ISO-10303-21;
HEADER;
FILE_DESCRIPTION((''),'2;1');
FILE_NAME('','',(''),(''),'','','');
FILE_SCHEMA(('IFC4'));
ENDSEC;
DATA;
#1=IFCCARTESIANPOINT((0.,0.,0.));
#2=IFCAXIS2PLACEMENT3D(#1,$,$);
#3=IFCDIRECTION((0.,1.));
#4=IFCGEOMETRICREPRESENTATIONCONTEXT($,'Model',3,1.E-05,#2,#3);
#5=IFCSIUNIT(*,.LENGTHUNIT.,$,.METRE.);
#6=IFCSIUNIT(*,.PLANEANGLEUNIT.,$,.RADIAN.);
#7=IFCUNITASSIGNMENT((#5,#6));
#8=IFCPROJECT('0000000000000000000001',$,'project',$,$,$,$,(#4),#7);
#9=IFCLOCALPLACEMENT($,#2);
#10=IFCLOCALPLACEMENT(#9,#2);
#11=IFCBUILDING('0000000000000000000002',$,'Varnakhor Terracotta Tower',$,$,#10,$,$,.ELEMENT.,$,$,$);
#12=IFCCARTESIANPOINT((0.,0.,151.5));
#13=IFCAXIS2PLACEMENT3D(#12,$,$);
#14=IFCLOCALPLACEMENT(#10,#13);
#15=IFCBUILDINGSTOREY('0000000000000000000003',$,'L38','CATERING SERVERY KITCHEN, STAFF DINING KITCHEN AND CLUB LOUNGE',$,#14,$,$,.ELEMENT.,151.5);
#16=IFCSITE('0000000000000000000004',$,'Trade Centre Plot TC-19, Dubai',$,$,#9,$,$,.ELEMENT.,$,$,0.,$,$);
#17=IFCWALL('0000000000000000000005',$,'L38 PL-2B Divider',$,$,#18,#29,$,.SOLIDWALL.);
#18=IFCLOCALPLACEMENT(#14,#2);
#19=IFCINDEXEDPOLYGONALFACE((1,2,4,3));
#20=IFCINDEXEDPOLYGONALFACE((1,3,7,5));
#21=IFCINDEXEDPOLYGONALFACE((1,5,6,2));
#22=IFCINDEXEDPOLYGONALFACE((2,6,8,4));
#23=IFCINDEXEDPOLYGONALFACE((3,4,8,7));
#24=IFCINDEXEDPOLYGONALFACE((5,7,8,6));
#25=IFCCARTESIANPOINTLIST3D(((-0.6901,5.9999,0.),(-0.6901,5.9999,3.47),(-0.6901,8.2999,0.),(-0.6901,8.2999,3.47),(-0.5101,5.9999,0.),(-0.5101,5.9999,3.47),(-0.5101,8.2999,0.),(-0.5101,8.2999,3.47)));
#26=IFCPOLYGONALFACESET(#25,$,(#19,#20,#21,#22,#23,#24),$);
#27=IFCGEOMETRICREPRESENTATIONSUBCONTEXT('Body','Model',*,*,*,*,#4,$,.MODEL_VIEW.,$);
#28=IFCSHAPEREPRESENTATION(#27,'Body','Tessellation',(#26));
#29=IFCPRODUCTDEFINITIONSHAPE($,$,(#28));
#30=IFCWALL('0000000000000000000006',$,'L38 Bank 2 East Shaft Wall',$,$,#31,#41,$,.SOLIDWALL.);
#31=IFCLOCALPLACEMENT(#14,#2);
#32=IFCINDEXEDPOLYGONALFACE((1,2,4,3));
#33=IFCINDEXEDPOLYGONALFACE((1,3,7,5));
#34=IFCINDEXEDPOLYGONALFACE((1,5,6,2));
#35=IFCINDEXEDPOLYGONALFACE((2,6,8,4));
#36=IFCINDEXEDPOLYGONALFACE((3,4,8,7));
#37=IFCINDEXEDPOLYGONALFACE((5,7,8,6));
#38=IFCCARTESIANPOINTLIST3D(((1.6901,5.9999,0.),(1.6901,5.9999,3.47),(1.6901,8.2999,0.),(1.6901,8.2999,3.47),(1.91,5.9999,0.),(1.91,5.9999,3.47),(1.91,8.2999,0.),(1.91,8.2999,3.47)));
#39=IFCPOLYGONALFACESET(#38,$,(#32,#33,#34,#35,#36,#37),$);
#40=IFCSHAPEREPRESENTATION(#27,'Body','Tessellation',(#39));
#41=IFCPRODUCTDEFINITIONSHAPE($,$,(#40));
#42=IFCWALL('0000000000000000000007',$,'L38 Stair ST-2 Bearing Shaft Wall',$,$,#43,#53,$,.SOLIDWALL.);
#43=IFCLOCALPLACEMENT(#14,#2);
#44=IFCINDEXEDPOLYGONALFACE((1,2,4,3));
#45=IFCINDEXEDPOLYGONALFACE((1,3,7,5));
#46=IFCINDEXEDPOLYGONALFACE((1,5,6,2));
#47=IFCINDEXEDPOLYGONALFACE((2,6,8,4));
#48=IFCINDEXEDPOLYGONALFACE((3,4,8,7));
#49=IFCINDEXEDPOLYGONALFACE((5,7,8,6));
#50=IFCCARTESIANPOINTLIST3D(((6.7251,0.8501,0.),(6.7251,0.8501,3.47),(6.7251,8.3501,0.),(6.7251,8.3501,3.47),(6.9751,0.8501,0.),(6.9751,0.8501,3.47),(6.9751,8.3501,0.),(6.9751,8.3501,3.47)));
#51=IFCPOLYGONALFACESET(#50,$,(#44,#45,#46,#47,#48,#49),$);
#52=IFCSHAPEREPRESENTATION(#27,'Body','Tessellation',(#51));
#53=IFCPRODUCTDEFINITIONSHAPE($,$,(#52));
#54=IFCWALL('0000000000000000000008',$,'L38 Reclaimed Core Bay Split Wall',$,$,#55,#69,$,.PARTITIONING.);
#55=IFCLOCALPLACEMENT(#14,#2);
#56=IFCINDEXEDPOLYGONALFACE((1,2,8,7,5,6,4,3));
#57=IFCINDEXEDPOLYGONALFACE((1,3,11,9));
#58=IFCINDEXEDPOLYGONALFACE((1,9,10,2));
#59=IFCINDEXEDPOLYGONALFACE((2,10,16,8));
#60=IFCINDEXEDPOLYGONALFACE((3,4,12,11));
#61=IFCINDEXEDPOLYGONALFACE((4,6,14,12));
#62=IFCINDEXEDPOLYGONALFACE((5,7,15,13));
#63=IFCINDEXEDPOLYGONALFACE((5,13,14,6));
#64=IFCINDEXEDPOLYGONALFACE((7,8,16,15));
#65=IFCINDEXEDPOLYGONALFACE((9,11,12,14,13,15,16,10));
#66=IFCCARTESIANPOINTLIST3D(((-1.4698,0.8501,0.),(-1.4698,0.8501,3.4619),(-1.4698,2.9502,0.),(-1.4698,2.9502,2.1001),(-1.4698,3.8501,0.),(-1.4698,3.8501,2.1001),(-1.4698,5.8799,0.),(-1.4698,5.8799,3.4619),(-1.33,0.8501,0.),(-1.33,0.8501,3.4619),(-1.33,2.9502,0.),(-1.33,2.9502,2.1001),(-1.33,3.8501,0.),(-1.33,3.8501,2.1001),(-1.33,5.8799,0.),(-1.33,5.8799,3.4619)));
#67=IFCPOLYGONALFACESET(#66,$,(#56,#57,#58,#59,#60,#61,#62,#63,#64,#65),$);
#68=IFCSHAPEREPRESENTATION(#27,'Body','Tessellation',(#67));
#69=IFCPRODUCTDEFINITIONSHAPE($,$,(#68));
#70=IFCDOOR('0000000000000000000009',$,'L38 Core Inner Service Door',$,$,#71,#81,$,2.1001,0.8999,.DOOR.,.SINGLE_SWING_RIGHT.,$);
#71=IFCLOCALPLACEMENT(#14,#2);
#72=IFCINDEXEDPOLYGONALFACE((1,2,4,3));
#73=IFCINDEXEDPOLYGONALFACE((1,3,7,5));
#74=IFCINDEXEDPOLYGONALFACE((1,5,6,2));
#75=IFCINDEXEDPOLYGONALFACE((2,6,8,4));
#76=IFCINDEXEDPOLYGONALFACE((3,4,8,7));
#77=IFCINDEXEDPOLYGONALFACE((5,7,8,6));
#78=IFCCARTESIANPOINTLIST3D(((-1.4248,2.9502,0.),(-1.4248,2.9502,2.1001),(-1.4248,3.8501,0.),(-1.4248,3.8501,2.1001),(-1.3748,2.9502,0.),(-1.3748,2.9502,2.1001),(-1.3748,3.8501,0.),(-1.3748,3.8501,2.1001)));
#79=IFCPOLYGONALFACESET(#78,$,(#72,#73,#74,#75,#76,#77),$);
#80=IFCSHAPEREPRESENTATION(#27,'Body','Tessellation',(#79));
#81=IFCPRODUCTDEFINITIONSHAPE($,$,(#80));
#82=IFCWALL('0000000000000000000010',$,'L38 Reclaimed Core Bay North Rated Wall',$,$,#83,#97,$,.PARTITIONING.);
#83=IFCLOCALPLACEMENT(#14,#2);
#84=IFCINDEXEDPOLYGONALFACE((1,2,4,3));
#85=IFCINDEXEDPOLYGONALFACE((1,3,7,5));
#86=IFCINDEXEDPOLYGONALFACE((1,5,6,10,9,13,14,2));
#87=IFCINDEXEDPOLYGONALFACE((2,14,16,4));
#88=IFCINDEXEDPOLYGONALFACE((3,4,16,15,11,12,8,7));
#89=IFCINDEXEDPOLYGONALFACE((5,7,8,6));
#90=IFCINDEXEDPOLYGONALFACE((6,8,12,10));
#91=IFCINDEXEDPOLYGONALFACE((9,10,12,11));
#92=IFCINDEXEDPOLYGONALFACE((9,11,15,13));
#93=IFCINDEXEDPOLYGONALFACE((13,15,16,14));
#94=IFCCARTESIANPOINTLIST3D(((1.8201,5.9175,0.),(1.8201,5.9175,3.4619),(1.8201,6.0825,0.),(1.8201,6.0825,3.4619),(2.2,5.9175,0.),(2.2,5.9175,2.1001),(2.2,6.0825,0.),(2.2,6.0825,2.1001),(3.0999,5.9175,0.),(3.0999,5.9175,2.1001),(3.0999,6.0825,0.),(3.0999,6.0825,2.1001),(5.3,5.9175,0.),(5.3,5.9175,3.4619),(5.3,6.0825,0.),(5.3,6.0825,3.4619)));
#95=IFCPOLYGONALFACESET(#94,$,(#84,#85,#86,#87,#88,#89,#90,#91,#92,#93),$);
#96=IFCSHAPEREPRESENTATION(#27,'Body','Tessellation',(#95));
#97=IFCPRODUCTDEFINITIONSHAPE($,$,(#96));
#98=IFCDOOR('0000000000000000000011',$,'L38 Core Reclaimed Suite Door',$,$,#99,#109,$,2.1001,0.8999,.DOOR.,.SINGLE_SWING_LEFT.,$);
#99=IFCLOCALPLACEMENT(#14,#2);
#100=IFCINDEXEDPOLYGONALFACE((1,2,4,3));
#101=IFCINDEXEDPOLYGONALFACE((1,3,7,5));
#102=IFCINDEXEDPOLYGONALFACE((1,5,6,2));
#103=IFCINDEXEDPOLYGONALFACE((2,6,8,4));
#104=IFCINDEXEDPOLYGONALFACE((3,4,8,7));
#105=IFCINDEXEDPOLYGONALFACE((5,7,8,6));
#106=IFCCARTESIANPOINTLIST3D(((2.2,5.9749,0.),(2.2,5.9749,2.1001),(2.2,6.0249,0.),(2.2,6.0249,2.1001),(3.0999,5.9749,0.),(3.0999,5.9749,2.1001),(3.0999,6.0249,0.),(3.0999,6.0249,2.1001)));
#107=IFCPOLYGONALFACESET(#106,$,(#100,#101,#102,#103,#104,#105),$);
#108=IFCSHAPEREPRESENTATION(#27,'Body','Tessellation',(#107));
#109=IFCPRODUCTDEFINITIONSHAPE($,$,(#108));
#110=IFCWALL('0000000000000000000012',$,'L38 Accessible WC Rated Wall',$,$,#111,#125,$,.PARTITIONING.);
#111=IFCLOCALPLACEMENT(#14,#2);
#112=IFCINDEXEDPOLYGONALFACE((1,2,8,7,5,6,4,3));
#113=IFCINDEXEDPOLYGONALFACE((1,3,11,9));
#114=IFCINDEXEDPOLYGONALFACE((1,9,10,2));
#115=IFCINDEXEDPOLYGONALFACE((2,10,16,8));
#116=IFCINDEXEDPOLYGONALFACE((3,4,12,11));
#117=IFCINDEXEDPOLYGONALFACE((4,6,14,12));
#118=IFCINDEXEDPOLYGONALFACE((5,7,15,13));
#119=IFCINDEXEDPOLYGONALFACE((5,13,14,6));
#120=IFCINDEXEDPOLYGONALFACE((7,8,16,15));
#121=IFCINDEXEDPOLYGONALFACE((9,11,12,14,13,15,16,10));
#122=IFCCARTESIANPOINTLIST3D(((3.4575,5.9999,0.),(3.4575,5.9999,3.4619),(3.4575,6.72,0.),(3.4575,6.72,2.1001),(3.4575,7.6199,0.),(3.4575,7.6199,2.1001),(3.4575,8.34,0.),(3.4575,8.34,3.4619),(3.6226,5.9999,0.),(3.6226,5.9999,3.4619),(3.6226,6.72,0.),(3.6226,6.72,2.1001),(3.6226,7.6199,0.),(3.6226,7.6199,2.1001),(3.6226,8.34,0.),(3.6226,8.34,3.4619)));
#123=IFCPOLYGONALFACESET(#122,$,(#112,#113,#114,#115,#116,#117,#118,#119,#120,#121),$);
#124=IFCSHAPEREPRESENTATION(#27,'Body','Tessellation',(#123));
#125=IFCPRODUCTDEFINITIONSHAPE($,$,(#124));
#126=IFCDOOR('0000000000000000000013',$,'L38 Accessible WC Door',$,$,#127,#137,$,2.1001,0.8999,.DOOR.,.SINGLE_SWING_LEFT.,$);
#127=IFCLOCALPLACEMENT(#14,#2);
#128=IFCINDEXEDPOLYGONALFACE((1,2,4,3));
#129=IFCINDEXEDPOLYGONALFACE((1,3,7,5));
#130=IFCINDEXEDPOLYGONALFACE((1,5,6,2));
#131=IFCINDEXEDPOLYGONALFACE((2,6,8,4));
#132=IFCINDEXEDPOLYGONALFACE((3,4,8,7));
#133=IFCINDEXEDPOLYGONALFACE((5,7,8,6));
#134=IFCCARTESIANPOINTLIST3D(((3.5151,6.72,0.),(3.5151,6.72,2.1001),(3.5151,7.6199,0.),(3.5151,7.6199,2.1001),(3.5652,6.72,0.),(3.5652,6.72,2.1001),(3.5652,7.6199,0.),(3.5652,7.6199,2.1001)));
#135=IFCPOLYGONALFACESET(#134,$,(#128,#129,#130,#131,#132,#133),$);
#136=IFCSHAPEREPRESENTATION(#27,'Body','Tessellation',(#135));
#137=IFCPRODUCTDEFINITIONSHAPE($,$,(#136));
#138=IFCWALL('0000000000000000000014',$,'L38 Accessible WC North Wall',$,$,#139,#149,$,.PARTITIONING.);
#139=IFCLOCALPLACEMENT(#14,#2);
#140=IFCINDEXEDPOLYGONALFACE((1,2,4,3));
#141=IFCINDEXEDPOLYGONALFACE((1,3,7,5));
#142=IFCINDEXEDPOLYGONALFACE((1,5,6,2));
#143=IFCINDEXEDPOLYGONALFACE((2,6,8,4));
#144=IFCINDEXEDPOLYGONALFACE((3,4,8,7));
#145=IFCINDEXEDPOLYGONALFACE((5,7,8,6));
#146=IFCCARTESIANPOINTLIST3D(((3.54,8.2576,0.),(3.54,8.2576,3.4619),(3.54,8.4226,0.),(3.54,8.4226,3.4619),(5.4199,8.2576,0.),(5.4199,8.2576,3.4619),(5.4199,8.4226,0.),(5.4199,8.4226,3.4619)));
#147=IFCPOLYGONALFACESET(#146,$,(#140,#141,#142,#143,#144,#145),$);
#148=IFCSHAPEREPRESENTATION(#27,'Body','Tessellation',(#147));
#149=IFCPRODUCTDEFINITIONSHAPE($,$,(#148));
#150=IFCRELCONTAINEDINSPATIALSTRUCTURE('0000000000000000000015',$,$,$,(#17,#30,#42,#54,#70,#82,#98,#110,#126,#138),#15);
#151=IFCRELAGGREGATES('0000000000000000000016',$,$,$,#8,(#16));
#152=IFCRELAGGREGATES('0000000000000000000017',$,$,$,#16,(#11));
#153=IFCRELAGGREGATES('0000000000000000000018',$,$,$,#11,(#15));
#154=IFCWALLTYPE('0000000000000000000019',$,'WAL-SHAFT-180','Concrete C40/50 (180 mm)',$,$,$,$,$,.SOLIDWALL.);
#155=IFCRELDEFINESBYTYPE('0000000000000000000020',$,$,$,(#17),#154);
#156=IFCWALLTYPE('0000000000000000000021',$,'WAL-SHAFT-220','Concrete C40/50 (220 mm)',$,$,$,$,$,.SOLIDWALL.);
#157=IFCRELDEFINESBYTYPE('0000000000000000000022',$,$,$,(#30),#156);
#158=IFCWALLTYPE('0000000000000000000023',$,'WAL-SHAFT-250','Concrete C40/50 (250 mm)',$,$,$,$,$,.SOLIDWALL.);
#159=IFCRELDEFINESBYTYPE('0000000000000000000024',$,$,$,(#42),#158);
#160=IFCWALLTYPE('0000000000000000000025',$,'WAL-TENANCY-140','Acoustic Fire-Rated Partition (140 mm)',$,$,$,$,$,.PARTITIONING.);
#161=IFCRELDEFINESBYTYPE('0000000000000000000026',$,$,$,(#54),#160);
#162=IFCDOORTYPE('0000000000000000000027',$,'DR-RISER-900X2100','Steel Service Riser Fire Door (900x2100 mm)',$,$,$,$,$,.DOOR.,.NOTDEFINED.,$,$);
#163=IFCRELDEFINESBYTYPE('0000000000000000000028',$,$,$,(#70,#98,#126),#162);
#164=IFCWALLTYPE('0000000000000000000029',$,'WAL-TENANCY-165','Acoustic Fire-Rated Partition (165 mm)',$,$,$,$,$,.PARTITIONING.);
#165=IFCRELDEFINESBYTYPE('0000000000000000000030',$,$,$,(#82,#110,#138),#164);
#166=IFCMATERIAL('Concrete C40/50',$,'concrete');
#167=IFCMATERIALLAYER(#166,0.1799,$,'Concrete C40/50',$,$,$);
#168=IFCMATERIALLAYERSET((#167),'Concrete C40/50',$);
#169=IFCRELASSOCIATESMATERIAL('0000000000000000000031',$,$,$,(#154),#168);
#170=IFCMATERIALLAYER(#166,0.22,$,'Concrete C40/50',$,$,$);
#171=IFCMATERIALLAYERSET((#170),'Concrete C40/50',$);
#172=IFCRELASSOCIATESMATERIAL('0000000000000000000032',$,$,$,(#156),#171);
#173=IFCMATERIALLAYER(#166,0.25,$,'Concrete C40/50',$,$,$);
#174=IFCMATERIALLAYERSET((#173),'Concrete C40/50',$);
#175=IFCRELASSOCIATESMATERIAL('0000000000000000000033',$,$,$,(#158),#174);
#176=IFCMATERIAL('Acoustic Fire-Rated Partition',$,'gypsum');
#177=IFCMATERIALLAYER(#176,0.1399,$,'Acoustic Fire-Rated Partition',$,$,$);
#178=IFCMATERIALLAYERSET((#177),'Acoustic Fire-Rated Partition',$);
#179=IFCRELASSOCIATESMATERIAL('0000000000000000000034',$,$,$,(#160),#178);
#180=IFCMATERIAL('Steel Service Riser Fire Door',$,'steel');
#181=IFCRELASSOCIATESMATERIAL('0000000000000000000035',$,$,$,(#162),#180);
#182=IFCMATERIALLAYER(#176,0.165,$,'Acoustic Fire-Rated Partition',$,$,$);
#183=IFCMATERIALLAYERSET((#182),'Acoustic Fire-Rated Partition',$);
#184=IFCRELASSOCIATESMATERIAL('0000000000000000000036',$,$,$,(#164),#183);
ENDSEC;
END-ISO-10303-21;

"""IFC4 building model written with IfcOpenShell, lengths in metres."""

from ifc_helpers import new_model, si_unit, direction, frame, frame_2d, origin, place, context, subcontext, project, spatial, rectangle, extrude, source, transform, mapped, material, layer, layer_set, type_object, type_shapes, element, fill, save


model = new_model("IFC4")

# Units and contexts
model_context = context("Model", 3, precision=1e-05, world=origin(), true_north=direction((0.0, 1.0)))
body_context = subcontext(model_context, "Body", "Model", "MODEL_VIEW")
ifc_project = project(units=[si_unit("LENGTHUNIT", "METRE"), si_unit("PLANEANGLEUNIT", "RADIAN")], contexts=[model_context])

# Site, building, storey
site_placement = place(None, origin())
site = spatial("IfcSite", under=ifc_project, at=site_placement, Name="Trade Centre Plot TC-19, Dubai", CompositionType="ELEMENT", RefElevation=0.0)
building_placement = place(site_placement, origin())
building = spatial("IfcBuilding", under=site, at=building_placement, Name="Varnakhor Terracotta Tower", CompositionType="ELEMENT")
storey_placement = place(building_placement, frame((0.0, 0.0, 151.5)))
storey = spatial("IfcBuildingStorey", under=building, at=storey_placement, Name="L38", Description="CATERING SERVERY KITCHEN, STAFF DINING KITCHEN AND CLUB LOUNGE", CompositionType="ELEMENT", Elevation=151.5)

# Shared definitions
ifc_material_1 = material(Name="Concrete C40/50", Category="concrete")

# Walls
ifc_layer_1 = layer(ifc_material_1, 0.1799, Name="Concrete C40/50")
ifc_layer_set_1 = layer_set([ifc_layer_1], Name="Concrete C40/50")
wall_type_1 = type_object("IfcWallType", Name="WAL-SHAFT-180", Description="Concrete C40/50 (180 mm)", PredefinedType="SOLIDWALL", material=ifc_layer_set_1)
for number, where, z_axis, x_axis, name in (
    (1, (-0.6001, 6.0, 0.0), (0.0, 0.0, 1.0), (0.0, 1.0, 0.0), "L38 PL-2B Divider"),
):
    element("IfcWall", number, at=place(storey_placement, frame(where, z_axis=z_axis, x_axis=x_axis)), inside=storey, type_object=wall_type_1, Name=name, PredefinedType="SOLIDWALL", context=body_context, shape_type="SweptSolid", body=[
        extrude(rectangle(XDim=2.3, YDim=0.1799, at=frame_2d((1.1499, 0.0))), origin(), (0.0, 0.0, 1.0), 3.47),
    ])
ifc_layer_2 = layer(ifc_material_1, 0.22, Name="Concrete C40/50")
ifc_layer_set_2 = layer_set([ifc_layer_2], Name="Concrete C40/50")
wall_type_2 = type_object("IfcWallType", Name="WAL-SHAFT-220", Description="Concrete C40/50 (220 mm)", PredefinedType="SOLIDWALL", material=ifc_layer_set_2)
wall_1_placement = place(storey_placement, frame((1.8, 6.0, 0.0), z_axis=(0.0, 0.0, 1.0), x_axis=(0.0, 1.0, 0.0)))
element("IfcWall", 2, at=wall_1_placement, inside=storey, type_object=wall_type_2, Name="L38 Bank 2 East Shaft Wall", PredefinedType="SOLIDWALL", context=body_context, shape_type="SweptSolid", body=[
    extrude(rectangle(XDim=2.3, YDim=0.22, at=frame_2d((1.1499, 0.0))), origin(), (0.0, 0.0, 1.0), 3.47),
])
ifc_layer_3 = layer(ifc_material_1, 0.25, Name="Concrete C40/50")
ifc_layer_set_3 = layer_set([ifc_layer_3], Name="Concrete C40/50")
wall_type_3 = type_object("IfcWallType", Name="WAL-SHAFT-250", Description="Concrete C40/50 (250 mm)", PredefinedType="SOLIDWALL", material=ifc_layer_set_3)
wall_2_placement = place(storey_placement, frame((6.8501, 0.8501, 0.0), z_axis=(0.0, 0.0, 1.0), x_axis=(0.0, 1.0, 0.0)))
element("IfcWall", 3, at=wall_2_placement, inside=storey, type_object=wall_type_3, Name="L38 Stair ST-2 Bearing Shaft Wall", PredefinedType="SOLIDWALL", context=body_context, shape_type="SweptSolid", body=[
    extrude(rectangle(XDim=7.5, YDim=0.25, at=frame_2d((3.75, 0.0))), origin(), (0.0, 0.0, 1.0), 3.47),
])

# Walls, openings, doors
ifc_material_2 = material(Name="Acoustic Fire-Rated Partition", Category="gypsum")
ifc_layer_4 = layer(ifc_material_2, 0.1399, Name="Acoustic Fire-Rated Partition")
ifc_layer_set_4 = layer_set([ifc_layer_4], Name="Acoustic Fire-Rated Partition")
wall_type_4 = type_object("IfcWallType", Name="WAL-TENANCY-140", Description="Acoustic Fire-Rated Partition (140 mm)", PredefinedType="PARTITIONING", material=ifc_layer_set_4)
wall_3_placement = place(storey_placement, frame((-1.3999, 0.8501, 0.0), z_axis=(0.0, 0.0, 1.0), x_axis=(0.0, 1.0, 0.0)))
wall_3 = element("IfcWall", 4, at=wall_3_placement, inside=storey, type_object=wall_type_4, Name="L38 Reclaimed Core Bay Split Wall", PredefinedType="PARTITIONING", context=body_context, shape_type="SweptSolid", body=[
    extrude(rectangle(XDim=5.0298, YDim=0.1399, at=frame_2d((2.5149, 0.0))), origin(), (0.0, 0.0, 1.0), 3.4619),
])
opening_1_placement = place(wall_3_placement, frame((2.1001, 0.0, 0.0)))
opening_1 = element("IfcOpeningElement", 5, at=opening_1_placement, cuts=wall_3, PredefinedType="OPENING", context=body_context, shape_type="SweptSolid", body=[
    extrude(rectangle(XDim=0.8999, YDim=2.1001, at=frame_2d((0.45, 1.05))), frame((0.0, 0.0801, 0.0), z_axis=(0.0, -1.0, 0.0), x_axis=(1.0, 0.0, 0.0)), (0.0, 0.0, 1.0), 0.1599),
])
ifc_material_3 = material(Name="Steel Service Riser Fire Door", Category="steel")
door_type_1 = type_object("IfcDoorType", Name="DR-RISER-900X2100", Description="Steel Service Riser Fire Door (900x2100 mm)", OperationType="NOTDEFINED", PredefinedType="DOOR", material=ifc_material_3)
shared_shape_1 = source(origin(), body_context, "Body", "SweptSolid", [
    extrude(rectangle(XDim=0.8999, YDim=2.1001, at=frame_2d((0.45, 1.05))), frame((0.0, 0.0249, 0.0), z_axis=(0.0, -1.0, 0.0), x_axis=(1.0, 0.0, 0.0)), (0.0, 0.0, 1.0), 0.05),
])
type_shapes(door_type_1, [shared_shape_1])
door_1_placement = place(opening_1_placement, origin())
door_1 = element("IfcDoor", 6, at=door_1_placement, inside=storey, type_object=door_type_1, Name="L38 Core Inner Service Door", OperationType="SINGLE_SWING_RIGHT", OverallHeight=2.1001, OverallWidth=0.8999, PredefinedType="DOOR", context=body_context, shape_type="MappedRepresentation", body=[
    mapped(shared_shape_1, transform((0.0, 0.0, 0.0), scale=1.0)),
])
fill(opening_1, door_1)
ifc_layer_5 = layer(ifc_material_2, 0.165, Name="Acoustic Fire-Rated Partition")
ifc_layer_set_5 = layer_set([ifc_layer_5], Name="Acoustic Fire-Rated Partition")
wall_type_5 = type_object("IfcWallType", Name="WAL-TENANCY-165", Description="Acoustic Fire-Rated Partition (165 mm)", PredefinedType="PARTITIONING", material=ifc_layer_set_5)
wall_4_placement = place(storey_placement, frame((1.8201, 6.0, 0.0), z_axis=(0.0, 0.0, 1.0), x_axis=(1.0, 0.0, 0.0)))
wall_4 = element("IfcWall", 7, at=wall_4_placement, inside=storey, type_object=wall_type_5, Name="L38 Reclaimed Core Bay North Rated Wall", PredefinedType="PARTITIONING", context=body_context, shape_type="SweptSolid", body=[
    extrude(rectangle(XDim=3.48, YDim=0.165, at=frame_2d((1.74, 0.0))), origin(), (0.0, 0.0, 1.0), 3.4619),
])
opening_2_placement = place(wall_4_placement, frame((0.3799, 0.0, 0.0)))
opening_2 = element("IfcOpeningElement", 8, at=opening_2_placement, cuts=wall_4, PredefinedType="OPENING", context=body_context, shape_type="SweptSolid", body=[
    extrude(rectangle(XDim=0.8999, YDim=2.1001, at=frame_2d((0.45, 1.05))), frame((0.0, 0.0925, 0.0), z_axis=(0.0, -1.0, 0.0), x_axis=(1.0, 0.0, 0.0)), (0.0, 0.0, 1.0), 0.1851),
])
door_2_placement = place(opening_2_placement, origin())
door_2 = element("IfcDoor", 9, at=door_2_placement, inside=storey, type_object=door_type_1, Name="L38 Core Reclaimed Suite Door", OperationType="SINGLE_SWING_LEFT", OverallHeight=2.1001, OverallWidth=0.8999, PredefinedType="DOOR", context=body_context, shape_type="MappedRepresentation", body=[
    mapped(shared_shape_1, transform((0.0, 0.0, 0.0), scale=1.0)),
])
fill(opening_2, door_2)
wall_5_placement = place(storey_placement, frame((3.54, 6.0, 0.0), z_axis=(0.0, 0.0, 1.0), x_axis=(0.0, 1.0, 0.0)))
wall_5 = element("IfcWall", 10, at=wall_5_placement, inside=storey, type_object=wall_type_5, Name="L38 Accessible WC Rated Wall", PredefinedType="PARTITIONING", context=body_context, shape_type="SweptSolid", body=[
    extrude(rectangle(XDim=2.3401, YDim=0.165, at=frame_2d((1.1699, 0.0))), origin(), (0.0, 0.0, 1.0), 3.4619),
])
opening_3_placement = place(wall_5_placement, frame((0.72, 0.0, 0.0)))
opening_3 = element("IfcOpeningElement", 11, at=opening_3_placement, cuts=wall_5, PredefinedType="OPENING", context=body_context, shape_type="SweptSolid", body=[
    extrude(rectangle(XDim=0.8999, YDim=2.1001, at=frame_2d((0.45, 1.05))), frame((0.0, 0.0925, 0.0), z_axis=(0.0, -1.0, 0.0), x_axis=(1.0, 0.0, 0.0)), (0.0, 0.0, 1.0), 0.1851),
])
door_3_placement = place(opening_3_placement, origin())
door_3 = element("IfcDoor", 12, at=door_3_placement, inside=storey, type_object=door_type_1, Name="L38 Accessible WC Door", OperationType="SINGLE_SWING_LEFT", OverallHeight=2.1001, OverallWidth=0.8999, PredefinedType="DOOR", context=body_context, shape_type="MappedRepresentation", body=[
    mapped(shared_shape_1, transform((0.0, 0.0, 0.0), scale=1.0)),
])
fill(opening_3, door_3)

# Wall
wall_6_placement = place(storey_placement, frame((3.54, 8.3401, 0.0), z_axis=(0.0, 0.0, 1.0), x_axis=(1.0, 0.0, 0.0)))
element("IfcWall", 13, at=wall_6_placement, inside=storey, type_object=wall_type_5, Name="L38 Accessible WC North Wall", PredefinedType="PARTITIONING", context=body_context, shape_type="SweptSolid", body=[
    extrude(rectangle(XDim=1.8799, YDim=0.165, at=frame_2d((0.9399, 0.0))), origin(), (0.0, 0.0, 1.0), 3.4619),
])

save(model, "model.ifc")
